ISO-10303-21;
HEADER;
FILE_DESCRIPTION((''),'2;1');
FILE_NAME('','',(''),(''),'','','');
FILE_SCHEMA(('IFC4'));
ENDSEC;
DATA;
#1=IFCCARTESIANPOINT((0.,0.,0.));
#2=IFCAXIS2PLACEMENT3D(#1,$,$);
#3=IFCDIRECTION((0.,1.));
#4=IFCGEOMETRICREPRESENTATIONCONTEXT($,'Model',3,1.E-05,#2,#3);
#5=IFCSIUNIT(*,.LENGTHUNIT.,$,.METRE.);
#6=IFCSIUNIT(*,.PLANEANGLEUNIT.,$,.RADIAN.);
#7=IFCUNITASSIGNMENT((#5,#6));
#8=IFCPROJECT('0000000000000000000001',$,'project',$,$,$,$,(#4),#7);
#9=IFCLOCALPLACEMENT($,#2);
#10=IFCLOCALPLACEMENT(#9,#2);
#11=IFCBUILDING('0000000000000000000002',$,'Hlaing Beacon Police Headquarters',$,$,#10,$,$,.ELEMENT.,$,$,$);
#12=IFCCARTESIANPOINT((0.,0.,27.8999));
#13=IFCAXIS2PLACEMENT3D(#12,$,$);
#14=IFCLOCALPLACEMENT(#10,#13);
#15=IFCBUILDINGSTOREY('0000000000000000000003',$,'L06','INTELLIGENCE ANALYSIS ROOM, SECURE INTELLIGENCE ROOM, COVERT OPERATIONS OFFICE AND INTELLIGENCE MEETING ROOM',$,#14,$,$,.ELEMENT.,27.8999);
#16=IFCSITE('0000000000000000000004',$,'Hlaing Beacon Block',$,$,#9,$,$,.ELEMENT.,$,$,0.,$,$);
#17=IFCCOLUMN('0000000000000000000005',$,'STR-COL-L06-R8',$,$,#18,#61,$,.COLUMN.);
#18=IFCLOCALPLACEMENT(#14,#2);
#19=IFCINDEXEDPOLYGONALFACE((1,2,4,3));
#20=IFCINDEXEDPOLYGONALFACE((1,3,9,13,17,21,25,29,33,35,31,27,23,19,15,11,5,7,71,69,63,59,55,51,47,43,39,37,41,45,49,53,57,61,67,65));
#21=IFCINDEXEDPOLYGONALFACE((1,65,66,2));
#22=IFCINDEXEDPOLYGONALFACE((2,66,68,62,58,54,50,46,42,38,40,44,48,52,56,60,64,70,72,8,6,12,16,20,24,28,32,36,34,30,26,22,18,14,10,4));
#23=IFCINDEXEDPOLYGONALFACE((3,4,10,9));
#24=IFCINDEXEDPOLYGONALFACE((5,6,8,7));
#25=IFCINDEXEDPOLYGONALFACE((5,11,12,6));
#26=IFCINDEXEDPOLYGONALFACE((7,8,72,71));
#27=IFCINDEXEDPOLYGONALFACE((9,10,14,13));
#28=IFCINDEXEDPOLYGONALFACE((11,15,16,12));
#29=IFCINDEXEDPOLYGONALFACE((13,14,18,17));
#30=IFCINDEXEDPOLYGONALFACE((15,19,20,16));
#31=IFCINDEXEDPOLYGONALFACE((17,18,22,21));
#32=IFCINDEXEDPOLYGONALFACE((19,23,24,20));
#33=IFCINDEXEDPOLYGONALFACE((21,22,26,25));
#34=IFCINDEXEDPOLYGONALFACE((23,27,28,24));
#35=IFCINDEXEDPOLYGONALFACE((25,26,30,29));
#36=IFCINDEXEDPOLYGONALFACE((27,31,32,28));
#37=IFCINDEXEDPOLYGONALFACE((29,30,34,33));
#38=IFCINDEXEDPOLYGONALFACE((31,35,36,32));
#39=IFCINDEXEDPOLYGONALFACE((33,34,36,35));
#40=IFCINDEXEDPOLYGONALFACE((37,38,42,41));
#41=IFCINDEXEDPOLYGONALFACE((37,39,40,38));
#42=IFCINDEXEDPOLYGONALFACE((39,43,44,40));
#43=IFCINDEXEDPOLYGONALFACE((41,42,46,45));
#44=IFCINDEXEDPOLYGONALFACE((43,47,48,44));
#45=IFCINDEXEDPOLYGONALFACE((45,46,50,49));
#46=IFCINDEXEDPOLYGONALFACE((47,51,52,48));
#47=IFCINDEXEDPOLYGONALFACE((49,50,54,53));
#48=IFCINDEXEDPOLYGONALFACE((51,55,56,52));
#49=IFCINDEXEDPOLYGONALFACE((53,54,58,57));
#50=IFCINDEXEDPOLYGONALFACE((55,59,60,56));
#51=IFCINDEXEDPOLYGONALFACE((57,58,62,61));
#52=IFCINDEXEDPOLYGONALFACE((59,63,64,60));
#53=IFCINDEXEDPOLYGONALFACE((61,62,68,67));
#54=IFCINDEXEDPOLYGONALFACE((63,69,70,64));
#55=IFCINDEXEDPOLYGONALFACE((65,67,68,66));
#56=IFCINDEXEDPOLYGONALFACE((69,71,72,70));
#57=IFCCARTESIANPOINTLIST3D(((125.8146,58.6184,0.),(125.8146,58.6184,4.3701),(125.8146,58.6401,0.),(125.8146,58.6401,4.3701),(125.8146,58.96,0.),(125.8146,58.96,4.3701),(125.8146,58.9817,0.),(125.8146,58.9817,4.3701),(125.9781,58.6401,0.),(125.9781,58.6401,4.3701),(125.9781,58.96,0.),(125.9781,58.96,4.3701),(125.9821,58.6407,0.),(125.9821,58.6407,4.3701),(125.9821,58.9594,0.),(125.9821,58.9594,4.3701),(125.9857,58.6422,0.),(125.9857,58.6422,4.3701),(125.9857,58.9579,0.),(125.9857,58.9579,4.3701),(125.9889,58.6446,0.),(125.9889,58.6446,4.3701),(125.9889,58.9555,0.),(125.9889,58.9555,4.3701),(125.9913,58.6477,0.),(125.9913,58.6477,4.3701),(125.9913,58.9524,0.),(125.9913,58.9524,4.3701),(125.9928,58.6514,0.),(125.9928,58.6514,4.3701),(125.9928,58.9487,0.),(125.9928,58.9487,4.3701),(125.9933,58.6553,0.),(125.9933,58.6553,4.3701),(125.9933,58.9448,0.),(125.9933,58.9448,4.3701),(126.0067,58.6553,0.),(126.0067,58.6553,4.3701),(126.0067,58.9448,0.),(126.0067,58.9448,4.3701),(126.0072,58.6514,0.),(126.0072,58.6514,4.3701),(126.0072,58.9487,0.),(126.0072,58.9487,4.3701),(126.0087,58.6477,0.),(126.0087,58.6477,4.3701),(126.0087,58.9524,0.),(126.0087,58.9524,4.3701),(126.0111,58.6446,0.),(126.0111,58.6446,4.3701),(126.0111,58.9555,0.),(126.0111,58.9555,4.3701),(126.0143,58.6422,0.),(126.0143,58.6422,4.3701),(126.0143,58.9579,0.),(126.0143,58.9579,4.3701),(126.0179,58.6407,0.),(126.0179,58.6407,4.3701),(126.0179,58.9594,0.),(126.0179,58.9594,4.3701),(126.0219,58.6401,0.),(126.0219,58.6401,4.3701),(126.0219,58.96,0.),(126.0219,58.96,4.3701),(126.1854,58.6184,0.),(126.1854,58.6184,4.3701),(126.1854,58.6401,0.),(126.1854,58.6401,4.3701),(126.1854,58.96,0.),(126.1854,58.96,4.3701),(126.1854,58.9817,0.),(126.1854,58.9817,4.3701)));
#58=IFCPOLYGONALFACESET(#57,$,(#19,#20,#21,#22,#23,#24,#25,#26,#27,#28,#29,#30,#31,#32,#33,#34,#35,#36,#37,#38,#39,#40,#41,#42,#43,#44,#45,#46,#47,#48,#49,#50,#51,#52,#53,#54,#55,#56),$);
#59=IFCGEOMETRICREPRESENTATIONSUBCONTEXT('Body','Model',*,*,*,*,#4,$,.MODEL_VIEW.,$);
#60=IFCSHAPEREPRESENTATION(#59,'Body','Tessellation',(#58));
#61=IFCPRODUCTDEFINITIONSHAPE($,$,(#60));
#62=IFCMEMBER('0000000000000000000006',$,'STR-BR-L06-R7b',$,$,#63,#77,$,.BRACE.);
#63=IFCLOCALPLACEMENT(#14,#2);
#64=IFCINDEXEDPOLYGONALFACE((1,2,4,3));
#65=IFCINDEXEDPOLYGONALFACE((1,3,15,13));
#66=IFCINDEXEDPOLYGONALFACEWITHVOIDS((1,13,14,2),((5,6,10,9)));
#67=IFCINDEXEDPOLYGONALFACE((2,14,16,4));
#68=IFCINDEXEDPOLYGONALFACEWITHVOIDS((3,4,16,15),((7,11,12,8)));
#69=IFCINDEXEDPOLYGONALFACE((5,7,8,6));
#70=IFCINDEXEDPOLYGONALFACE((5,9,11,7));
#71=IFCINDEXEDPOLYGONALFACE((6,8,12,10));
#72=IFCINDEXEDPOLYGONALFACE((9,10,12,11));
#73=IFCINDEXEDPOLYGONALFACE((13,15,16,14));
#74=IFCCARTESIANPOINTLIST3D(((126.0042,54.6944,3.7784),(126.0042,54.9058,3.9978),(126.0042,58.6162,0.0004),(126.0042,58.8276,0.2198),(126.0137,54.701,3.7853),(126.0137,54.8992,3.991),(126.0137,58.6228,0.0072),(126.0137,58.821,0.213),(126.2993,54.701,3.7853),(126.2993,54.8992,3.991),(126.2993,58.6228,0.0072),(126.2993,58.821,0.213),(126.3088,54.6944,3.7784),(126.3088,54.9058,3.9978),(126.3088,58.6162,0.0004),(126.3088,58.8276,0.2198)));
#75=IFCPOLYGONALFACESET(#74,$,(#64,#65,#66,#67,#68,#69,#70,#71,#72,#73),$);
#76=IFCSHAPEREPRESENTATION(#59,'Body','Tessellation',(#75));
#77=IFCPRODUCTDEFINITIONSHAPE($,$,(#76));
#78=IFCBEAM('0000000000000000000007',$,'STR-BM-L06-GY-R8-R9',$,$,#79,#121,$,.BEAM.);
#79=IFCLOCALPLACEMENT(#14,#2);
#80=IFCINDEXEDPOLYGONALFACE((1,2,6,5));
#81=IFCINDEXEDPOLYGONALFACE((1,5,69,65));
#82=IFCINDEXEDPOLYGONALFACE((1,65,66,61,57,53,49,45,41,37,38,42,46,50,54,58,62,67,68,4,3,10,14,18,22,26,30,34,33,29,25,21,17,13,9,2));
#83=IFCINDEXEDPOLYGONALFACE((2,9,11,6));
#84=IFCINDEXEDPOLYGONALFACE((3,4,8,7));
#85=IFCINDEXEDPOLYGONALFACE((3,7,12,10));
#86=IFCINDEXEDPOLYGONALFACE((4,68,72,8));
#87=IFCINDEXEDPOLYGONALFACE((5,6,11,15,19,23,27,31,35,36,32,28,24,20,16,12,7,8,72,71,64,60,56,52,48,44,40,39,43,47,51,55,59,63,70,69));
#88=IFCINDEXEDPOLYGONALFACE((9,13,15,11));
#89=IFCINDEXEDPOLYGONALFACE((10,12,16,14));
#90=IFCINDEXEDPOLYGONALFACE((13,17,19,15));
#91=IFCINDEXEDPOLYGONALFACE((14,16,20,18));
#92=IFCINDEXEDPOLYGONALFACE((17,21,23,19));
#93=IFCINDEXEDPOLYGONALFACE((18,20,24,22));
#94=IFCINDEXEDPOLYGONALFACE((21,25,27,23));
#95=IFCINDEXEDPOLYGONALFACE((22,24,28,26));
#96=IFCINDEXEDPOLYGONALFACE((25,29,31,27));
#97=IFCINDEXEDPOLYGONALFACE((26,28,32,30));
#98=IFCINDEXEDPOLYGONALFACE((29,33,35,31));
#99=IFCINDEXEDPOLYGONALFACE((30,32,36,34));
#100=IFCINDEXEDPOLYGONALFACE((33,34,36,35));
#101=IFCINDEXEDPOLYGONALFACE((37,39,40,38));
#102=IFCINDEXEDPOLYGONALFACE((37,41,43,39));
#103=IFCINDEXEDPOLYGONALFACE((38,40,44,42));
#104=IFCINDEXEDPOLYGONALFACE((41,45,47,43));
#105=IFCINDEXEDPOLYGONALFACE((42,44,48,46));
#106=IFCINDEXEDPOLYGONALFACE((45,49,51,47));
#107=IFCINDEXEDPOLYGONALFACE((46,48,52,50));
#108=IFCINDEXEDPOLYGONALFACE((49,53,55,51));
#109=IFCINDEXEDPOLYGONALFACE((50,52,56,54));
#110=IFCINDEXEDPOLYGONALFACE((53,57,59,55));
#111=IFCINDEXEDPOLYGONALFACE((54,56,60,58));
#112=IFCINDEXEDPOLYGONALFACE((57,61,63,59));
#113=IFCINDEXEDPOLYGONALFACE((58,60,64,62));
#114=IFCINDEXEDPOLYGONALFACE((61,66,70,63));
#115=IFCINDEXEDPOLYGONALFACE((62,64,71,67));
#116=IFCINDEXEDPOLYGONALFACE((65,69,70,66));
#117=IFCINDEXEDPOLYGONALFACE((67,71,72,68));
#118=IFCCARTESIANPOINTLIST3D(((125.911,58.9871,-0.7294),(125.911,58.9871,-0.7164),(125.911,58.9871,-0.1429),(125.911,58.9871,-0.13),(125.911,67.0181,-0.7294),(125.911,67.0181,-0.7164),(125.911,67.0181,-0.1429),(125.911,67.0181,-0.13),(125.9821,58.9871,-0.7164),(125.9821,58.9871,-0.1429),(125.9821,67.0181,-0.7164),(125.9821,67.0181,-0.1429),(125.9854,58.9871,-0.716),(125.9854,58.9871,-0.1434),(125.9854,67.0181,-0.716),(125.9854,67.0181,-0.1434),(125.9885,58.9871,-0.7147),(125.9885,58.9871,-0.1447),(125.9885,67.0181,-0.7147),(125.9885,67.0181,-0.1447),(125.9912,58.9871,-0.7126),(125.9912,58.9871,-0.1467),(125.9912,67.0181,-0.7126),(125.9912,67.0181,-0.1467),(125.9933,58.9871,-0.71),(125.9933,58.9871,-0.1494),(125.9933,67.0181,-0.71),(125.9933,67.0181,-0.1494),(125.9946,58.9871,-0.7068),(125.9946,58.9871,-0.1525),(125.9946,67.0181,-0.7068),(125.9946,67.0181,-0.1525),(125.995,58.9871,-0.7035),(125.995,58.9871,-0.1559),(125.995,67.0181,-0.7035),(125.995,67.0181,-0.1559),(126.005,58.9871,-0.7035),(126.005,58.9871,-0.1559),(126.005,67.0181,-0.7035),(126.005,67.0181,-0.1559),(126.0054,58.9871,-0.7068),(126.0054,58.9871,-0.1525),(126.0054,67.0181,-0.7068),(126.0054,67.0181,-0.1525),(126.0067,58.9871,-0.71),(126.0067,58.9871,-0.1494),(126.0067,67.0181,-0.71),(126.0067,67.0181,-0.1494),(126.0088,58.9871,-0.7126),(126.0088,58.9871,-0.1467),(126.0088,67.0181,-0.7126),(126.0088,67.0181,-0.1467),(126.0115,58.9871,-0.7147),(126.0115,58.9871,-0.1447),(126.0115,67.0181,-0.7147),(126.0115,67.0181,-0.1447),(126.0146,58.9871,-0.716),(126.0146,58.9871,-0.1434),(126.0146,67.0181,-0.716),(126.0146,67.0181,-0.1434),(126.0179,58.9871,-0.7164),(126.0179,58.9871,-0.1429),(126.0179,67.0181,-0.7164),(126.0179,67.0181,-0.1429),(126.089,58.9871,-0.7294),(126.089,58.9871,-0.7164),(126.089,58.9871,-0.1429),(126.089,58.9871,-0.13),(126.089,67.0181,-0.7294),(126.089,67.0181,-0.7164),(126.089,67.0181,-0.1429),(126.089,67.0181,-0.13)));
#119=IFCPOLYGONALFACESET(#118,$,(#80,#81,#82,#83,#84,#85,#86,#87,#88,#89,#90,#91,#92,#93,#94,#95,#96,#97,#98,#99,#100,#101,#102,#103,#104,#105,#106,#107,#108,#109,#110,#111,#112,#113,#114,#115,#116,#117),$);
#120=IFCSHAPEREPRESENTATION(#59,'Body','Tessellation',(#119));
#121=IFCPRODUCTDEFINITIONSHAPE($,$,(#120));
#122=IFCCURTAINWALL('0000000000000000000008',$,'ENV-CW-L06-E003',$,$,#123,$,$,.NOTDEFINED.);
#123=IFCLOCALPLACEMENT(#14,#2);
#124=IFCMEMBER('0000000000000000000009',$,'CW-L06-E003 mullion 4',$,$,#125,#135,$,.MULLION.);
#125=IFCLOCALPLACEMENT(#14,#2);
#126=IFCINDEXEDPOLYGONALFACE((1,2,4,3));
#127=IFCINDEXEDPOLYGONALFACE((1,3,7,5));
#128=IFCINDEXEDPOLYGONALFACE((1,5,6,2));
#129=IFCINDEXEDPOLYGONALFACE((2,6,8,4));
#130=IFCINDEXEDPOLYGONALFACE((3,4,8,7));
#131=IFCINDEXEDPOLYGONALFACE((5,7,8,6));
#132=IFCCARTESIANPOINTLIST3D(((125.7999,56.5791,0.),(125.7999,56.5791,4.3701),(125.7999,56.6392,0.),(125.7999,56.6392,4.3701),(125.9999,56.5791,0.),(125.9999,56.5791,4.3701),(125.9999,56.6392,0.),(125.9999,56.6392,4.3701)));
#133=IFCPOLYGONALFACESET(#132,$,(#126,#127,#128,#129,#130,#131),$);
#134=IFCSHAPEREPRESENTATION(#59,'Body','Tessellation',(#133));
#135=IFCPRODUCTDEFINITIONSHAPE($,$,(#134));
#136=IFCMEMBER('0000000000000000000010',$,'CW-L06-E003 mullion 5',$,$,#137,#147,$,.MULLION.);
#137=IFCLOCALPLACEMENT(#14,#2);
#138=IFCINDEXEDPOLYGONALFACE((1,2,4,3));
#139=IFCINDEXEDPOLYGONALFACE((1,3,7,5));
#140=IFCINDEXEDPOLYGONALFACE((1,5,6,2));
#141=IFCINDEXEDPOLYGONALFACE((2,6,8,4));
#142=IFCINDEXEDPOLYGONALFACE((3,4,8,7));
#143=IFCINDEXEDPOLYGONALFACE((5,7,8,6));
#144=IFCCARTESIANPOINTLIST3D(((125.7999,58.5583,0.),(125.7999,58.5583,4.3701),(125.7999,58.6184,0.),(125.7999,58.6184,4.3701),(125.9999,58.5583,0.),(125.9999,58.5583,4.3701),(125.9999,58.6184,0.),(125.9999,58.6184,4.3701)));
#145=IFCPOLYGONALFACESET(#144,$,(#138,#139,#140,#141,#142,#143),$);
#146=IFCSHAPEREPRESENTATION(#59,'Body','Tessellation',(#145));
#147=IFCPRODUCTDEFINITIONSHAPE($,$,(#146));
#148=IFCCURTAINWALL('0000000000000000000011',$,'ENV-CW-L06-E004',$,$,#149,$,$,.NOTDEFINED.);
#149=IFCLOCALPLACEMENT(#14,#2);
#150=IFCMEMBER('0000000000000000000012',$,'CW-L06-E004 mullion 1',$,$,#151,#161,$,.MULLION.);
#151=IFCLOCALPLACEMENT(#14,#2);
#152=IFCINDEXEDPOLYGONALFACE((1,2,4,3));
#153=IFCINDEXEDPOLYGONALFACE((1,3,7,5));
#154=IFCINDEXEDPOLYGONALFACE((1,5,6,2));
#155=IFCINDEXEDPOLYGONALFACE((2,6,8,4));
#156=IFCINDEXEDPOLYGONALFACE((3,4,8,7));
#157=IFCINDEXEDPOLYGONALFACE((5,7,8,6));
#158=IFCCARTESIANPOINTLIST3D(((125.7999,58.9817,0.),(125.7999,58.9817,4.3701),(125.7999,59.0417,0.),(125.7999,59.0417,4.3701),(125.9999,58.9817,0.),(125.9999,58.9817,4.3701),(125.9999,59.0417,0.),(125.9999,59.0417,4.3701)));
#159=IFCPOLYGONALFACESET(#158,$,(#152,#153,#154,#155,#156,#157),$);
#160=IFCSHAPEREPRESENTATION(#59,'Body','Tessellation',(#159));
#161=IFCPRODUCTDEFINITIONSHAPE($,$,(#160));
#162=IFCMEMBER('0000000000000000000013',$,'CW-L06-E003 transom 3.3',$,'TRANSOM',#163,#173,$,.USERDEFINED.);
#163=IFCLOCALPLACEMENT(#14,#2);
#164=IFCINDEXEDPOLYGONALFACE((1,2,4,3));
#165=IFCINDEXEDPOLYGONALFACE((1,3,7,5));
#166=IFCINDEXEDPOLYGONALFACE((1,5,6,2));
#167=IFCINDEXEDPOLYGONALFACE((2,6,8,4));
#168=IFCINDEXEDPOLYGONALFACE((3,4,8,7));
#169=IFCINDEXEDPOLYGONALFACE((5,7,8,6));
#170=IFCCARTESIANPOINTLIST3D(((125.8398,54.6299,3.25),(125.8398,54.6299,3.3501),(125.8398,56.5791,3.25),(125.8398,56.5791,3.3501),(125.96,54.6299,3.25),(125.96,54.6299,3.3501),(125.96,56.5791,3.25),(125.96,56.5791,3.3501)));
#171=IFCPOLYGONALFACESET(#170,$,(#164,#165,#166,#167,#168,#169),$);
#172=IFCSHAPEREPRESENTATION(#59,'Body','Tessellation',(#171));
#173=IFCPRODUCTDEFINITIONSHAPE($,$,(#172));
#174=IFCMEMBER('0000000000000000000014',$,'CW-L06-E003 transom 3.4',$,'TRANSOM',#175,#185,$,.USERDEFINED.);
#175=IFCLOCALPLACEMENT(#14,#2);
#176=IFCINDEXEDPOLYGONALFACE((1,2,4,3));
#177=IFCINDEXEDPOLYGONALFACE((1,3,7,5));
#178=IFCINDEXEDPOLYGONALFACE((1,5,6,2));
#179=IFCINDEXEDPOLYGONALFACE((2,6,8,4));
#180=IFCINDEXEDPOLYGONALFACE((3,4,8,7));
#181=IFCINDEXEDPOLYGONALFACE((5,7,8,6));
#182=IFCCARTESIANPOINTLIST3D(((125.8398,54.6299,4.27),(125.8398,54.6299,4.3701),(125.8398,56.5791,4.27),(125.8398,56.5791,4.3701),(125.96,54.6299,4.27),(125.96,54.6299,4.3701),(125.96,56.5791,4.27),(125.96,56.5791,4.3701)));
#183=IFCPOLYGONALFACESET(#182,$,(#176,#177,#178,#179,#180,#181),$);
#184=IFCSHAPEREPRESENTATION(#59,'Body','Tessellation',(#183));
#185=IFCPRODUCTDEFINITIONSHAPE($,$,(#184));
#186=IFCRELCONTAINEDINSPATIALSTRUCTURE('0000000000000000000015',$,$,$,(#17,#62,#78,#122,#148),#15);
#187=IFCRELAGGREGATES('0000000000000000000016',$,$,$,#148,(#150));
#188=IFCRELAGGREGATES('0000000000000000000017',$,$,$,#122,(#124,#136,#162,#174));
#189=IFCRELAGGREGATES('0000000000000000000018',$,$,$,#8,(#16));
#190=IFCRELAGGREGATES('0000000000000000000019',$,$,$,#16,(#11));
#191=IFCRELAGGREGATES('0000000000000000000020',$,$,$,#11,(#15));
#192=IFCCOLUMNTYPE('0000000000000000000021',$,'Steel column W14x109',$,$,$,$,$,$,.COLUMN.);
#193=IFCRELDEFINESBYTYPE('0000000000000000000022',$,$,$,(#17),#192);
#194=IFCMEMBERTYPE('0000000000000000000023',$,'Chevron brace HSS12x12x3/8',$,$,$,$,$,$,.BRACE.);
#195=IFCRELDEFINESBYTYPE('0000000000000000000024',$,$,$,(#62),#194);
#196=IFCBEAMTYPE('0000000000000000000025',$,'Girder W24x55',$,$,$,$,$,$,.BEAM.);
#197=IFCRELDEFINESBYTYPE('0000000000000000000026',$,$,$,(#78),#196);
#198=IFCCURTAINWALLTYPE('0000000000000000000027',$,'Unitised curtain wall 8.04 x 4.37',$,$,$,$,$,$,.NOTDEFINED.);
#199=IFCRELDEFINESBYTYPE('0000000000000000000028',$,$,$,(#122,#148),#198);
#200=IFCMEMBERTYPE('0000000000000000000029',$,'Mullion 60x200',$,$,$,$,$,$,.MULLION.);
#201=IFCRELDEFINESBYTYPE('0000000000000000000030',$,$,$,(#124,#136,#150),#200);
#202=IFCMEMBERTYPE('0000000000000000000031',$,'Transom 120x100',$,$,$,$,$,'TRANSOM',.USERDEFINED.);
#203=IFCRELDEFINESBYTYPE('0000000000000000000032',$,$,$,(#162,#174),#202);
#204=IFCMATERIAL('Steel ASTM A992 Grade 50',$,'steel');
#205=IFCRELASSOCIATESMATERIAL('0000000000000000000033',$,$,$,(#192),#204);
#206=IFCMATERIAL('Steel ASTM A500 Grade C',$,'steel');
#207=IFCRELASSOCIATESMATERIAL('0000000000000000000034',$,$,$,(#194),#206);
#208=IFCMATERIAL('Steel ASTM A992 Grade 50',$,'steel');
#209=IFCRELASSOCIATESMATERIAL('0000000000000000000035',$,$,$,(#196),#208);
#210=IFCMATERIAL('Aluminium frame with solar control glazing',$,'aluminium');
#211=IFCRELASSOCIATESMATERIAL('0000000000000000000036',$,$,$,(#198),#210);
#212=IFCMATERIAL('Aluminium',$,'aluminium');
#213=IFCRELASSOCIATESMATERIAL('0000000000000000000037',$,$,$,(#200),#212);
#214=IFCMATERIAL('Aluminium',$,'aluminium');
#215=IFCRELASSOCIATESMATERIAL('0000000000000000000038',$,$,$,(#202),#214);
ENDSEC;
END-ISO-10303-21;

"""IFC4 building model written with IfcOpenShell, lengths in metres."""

from ifc_helpers import new_model, si_unit, direction, frame, origin, origin_2d, place, context, subcontext, project, spatial, rectangle, hollow_rectangle, i_section, extrude, material, material_profile, profile_set, type_object, element, aggregate, save


model = new_model("IFC4")

# Units and contexts
model_context = context("Model", 3, precision=1e-05, world=origin(), true_north=direction((0.0, 1.0)))
body_context = subcontext(model_context, "Body", "Model", "MODEL_VIEW")
ifc_project = project(units=[si_unit("LENGTHUNIT", "METRE"), si_unit("PLANEANGLEUNIT", "RADIAN")], contexts=[model_context])

# Site, building, storey
site_placement = place(None, origin())
site = spatial("IfcSite", under=ifc_project, at=site_placement, Name="Hlaing Beacon Block", CompositionType="ELEMENT", RefElevation=0.0)
building_placement = place(site_placement, origin())
building = spatial("IfcBuilding", under=site, at=building_placement, Name="Hlaing Beacon Police Headquarters", CompositionType="ELEMENT")
storey_placement = place(building_placement, frame((0.0, 0.0, 27.8999)))
storey = spatial("IfcBuildingStorey", under=building, at=storey_placement, Name="L06", Description="INTELLIGENCE ANALYSIS ROOM, SECURE INTELLIGENCE ROOM, COVERT OPERATIONS OFFICE AND INTELLIGENCE MEETING ROOM", CompositionType="ELEMENT", Elevation=27.8999)

# Column
ifc_material_1 = material(Name="Steel ASTM A992 Grade 50", Category="steel")
ifc_material_profile_1 = material_profile(ifc_material_1, i_section(OverallWidth=0.3708, OverallDepth=0.3633, WebThickness=0.0134, FlangeThickness=0.0217, FilletRadius=0.0151, at=origin_2d()), Name="W14x109")
ifc_profile_set_1 = profile_set([ifc_material_profile_1], Name="Steel ASTM A992 Grade 50")
column_type = type_object("IfcColumnType", Name="Steel column W14x109", PredefinedType="COLUMN", material=ifc_profile_set_1)
column_placement = place(storey_placement, frame((126.0, 58.8, 0.0), z_axis=(0.0, 0.0, 1.0), x_axis=(1.0, 0.0, 0.0)))
element("IfcColumn", 1, at=column_placement, inside=storey, type_object=column_type, Name="STR-COL-L06-R8", PredefinedType="COLUMN", context=body_context, shape_type="SweptSolid", body=[
    extrude(i_section(OverallWidth=0.3708, OverallDepth=0.3633, WebThickness=0.0134, FlangeThickness=0.0217, FilletRadius=0.0151, at=origin_2d()), origin(), (0.0, 0.0, 1.0), 4.3701),
])

# Member
ifc_material_2 = material(Name="Steel ASTM A500 Grade C", Category="steel")
ifc_material_profile_2 = material_profile(ifc_material_2, hollow_rectangle(XDim=0.3047, YDim=0.3047, WallThickness=0.0095, at=origin_2d()), Name="HSS12x12x3/8")
ifc_profile_set_2 = profile_set([ifc_material_profile_2], Name="Steel ASTM A500 Grade C")
member_type_1 = type_object("IfcMemberType", Name="Chevron brace HSS12x12x3/8", PredefinedType="BRACE", material=ifc_profile_set_2)
member_1_placement = place(storey_placement, frame((126.1565, 58.7219, 0.1101), z_axis=(0.0, -0.720187, 0.69378), x_axis=(1.0, 0.0, 0.0)))
element("IfcMember", 2, at=member_1_placement, inside=storey, type_object=member_type_1, Name="STR-BR-L06-R7b", PredefinedType="BRACE", context=body_context, shape_type="SweptSolid", body=[
    extrude(hollow_rectangle(XDim=0.3047, YDim=0.3047, WallThickness=0.0095, at=origin_2d()), origin(), (0.0, 0.0, 1.0), 5.4456),
])

# Beam
ifc_material_3 = material(Name="Steel ASTM A992 Grade 50", Category="steel")
ifc_material_profile_3 = material_profile(ifc_material_3, i_section(OverallWidth=0.178, OverallDepth=0.5994, WebThickness=0.01, FlangeThickness=0.0129, FilletRadius=0.0129, at=origin_2d()), Name="W24x55")
ifc_profile_set_3 = profile_set([ifc_material_profile_3], Name="Steel ASTM A992 Grade 50")
beam_type = type_object("IfcBeamType", Name="Girder W24x55", PredefinedType="BEAM", material=ifc_profile_set_3)
beam_placement = place(storey_placement, frame((126.0, 58.9871, -0.4297), z_axis=(0.0, 1.0, 0.0), x_axis=(-1.0, 0.0, 0.0)))
element("IfcBeam", 3, at=beam_placement, inside=storey, type_object=beam_type, Name="STR-BM-L06-GY-R8-R9", PredefinedType="BEAM", context=body_context, shape_type="SweptSolid", body=[
    extrude(i_section(OverallWidth=0.178, OverallDepth=0.5994, WebThickness=0.01, FlangeThickness=0.0129, FilletRadius=0.0129, at=origin_2d()), origin(), (0.0, 0.0, 1.0), 8.031),
])

# Curtain wall, members
ifc_material_4 = material(Name="Aluminium frame with solar control glazing", Category="aluminium")
curtain_wall_type = type_object("IfcCurtainWallType", Name="Unitised curtain wall 8.04 x 4.37", PredefinedType="NOTDEFINED", material=ifc_material_4)
curtain_wall_1_placement = place(storey_placement, origin())
curtain_wall_1 = element("IfcCurtainWall", 4, at=curtain_wall_1_placement, inside=storey, type_object=curtain_wall_type, Name="ENV-CW-L06-E003", PredefinedType="NOTDEFINED")
ifc_material_5 = material(Name="Aluminium", Category="aluminium")
ifc_material_profile_4 = material_profile(ifc_material_5, rectangle(XDim=0.2, YDim=0.0601, at=origin_2d()), Name="Mullion 60x200")
ifc_profile_set_4 = profile_set([ifc_material_profile_4], Name="Aluminium")
member_type_2 = type_object("IfcMemberType", Name="Mullion 60x200", PredefinedType="MULLION", material=ifc_profile_set_4)
member_2_placement = place(storey_placement, frame((125.8999, 56.6091, 0.0), z_axis=(0.0, 0.0, 1.0), x_axis=(-1.0, 0.0, 0.0)))
member_2 = element("IfcMember", 5, at=member_2_placement, type_object=member_type_2, Name="CW-L06-E003 mullion 4", PredefinedType="MULLION", context=body_context, shape_type="SweptSolid", body=[
    extrude(rectangle(XDim=0.2, YDim=0.0601, at=origin_2d()), origin(), (0.0, 0.0, 1.0), 4.3701),
])
member_3_placement = place(storey_placement, frame((125.8999, 58.5884, 0.0), z_axis=(0.0, 0.0, 1.0), x_axis=(-1.0, 0.0, 0.0)))
member_3 = element("IfcMember", 6, at=member_3_placement, type_object=member_type_2, Name="CW-L06-E003 mullion 5", PredefinedType="MULLION", context=body_context, shape_type="SweptSolid", body=[
    extrude(rectangle(XDim=0.2, YDim=0.0601, at=origin_2d()), origin(), (0.0, 0.0, 1.0), 4.3701),
])

# Curtain wall, member
curtain_wall_2_placement = place(storey_placement, origin())
curtain_wall_2 = element("IfcCurtainWall", 7, at=curtain_wall_2_placement, inside=storey, type_object=curtain_wall_type, Name="ENV-CW-L06-E004", PredefinedType="NOTDEFINED")
member_4_placement = place(storey_placement, frame((125.8999, 59.0117, 0.0), z_axis=(0.0, 0.0, 1.0), x_axis=(-1.0, 0.0, 0.0)))
member_4 = element("IfcMember", 8, at=member_4_placement, type_object=member_type_2, Name="CW-L06-E004 mullion 1", PredefinedType="MULLION", context=body_context, shape_type="SweptSolid", body=[
    extrude(rectangle(XDim=0.2, YDim=0.0601, at=origin_2d()), origin(), (0.0, 0.0, 1.0), 4.3701),
])

# Members
ifc_material_6 = material(Name="Aluminium", Category="aluminium")
ifc_material_profile_5 = material_profile(ifc_material_6, rectangle(XDim=0.1201, YDim=0.1001, at=origin_2d()), Name="Transom 120x100")
ifc_profile_set_5 = profile_set([ifc_material_profile_5], Name="Aluminium")
member_type_3 = type_object("IfcMemberType", Name="Transom 120x100", ElementType="TRANSOM", PredefinedType="USERDEFINED", material=ifc_profile_set_5)
member_5_placement = place(storey_placement, frame((125.8999, 54.6299, 3.3), z_axis=(0.0, 1.0, 0.0), x_axis=(-1.0, 0.0, 0.0)))
member_5 = element("IfcMember", 9, at=member_5_placement, type_object=member_type_3, Name="CW-L06-E003 transom 3.3", ObjectType="TRANSOM", PredefinedType="USERDEFINED", context=body_context, shape_type="SweptSolid", body=[
    extrude(rectangle(XDim=0.1201, YDim=0.1001, at=origin_2d()), origin(), (0.0, 0.0, 1.0), 1.9492),
])
member_6_placement = place(storey_placement, frame((125.8999, 54.6299, 4.3201), z_axis=(0.0, 1.0, 0.0), x_axis=(-1.0, 0.0, 0.0)))
member_6 = element("IfcMember", 10, at=member_6_placement, type_object=member_type_3, Name="CW-L06-E003 transom 3.4", ObjectType="TRANSOM", PredefinedType="USERDEFINED", context=body_context, shape_type="SweptSolid", body=[
    extrude(rectangle(XDim=0.1201, YDim=0.1001, at=origin_2d()), origin(), (0.0, 0.0, 1.0), 1.9492),
])
aggregate(curtain_wall_2, [member_4])

aggregate(curtain_wall_1, [member_2, member_3, member_5, member_6])

save(model, "model.ifc")
